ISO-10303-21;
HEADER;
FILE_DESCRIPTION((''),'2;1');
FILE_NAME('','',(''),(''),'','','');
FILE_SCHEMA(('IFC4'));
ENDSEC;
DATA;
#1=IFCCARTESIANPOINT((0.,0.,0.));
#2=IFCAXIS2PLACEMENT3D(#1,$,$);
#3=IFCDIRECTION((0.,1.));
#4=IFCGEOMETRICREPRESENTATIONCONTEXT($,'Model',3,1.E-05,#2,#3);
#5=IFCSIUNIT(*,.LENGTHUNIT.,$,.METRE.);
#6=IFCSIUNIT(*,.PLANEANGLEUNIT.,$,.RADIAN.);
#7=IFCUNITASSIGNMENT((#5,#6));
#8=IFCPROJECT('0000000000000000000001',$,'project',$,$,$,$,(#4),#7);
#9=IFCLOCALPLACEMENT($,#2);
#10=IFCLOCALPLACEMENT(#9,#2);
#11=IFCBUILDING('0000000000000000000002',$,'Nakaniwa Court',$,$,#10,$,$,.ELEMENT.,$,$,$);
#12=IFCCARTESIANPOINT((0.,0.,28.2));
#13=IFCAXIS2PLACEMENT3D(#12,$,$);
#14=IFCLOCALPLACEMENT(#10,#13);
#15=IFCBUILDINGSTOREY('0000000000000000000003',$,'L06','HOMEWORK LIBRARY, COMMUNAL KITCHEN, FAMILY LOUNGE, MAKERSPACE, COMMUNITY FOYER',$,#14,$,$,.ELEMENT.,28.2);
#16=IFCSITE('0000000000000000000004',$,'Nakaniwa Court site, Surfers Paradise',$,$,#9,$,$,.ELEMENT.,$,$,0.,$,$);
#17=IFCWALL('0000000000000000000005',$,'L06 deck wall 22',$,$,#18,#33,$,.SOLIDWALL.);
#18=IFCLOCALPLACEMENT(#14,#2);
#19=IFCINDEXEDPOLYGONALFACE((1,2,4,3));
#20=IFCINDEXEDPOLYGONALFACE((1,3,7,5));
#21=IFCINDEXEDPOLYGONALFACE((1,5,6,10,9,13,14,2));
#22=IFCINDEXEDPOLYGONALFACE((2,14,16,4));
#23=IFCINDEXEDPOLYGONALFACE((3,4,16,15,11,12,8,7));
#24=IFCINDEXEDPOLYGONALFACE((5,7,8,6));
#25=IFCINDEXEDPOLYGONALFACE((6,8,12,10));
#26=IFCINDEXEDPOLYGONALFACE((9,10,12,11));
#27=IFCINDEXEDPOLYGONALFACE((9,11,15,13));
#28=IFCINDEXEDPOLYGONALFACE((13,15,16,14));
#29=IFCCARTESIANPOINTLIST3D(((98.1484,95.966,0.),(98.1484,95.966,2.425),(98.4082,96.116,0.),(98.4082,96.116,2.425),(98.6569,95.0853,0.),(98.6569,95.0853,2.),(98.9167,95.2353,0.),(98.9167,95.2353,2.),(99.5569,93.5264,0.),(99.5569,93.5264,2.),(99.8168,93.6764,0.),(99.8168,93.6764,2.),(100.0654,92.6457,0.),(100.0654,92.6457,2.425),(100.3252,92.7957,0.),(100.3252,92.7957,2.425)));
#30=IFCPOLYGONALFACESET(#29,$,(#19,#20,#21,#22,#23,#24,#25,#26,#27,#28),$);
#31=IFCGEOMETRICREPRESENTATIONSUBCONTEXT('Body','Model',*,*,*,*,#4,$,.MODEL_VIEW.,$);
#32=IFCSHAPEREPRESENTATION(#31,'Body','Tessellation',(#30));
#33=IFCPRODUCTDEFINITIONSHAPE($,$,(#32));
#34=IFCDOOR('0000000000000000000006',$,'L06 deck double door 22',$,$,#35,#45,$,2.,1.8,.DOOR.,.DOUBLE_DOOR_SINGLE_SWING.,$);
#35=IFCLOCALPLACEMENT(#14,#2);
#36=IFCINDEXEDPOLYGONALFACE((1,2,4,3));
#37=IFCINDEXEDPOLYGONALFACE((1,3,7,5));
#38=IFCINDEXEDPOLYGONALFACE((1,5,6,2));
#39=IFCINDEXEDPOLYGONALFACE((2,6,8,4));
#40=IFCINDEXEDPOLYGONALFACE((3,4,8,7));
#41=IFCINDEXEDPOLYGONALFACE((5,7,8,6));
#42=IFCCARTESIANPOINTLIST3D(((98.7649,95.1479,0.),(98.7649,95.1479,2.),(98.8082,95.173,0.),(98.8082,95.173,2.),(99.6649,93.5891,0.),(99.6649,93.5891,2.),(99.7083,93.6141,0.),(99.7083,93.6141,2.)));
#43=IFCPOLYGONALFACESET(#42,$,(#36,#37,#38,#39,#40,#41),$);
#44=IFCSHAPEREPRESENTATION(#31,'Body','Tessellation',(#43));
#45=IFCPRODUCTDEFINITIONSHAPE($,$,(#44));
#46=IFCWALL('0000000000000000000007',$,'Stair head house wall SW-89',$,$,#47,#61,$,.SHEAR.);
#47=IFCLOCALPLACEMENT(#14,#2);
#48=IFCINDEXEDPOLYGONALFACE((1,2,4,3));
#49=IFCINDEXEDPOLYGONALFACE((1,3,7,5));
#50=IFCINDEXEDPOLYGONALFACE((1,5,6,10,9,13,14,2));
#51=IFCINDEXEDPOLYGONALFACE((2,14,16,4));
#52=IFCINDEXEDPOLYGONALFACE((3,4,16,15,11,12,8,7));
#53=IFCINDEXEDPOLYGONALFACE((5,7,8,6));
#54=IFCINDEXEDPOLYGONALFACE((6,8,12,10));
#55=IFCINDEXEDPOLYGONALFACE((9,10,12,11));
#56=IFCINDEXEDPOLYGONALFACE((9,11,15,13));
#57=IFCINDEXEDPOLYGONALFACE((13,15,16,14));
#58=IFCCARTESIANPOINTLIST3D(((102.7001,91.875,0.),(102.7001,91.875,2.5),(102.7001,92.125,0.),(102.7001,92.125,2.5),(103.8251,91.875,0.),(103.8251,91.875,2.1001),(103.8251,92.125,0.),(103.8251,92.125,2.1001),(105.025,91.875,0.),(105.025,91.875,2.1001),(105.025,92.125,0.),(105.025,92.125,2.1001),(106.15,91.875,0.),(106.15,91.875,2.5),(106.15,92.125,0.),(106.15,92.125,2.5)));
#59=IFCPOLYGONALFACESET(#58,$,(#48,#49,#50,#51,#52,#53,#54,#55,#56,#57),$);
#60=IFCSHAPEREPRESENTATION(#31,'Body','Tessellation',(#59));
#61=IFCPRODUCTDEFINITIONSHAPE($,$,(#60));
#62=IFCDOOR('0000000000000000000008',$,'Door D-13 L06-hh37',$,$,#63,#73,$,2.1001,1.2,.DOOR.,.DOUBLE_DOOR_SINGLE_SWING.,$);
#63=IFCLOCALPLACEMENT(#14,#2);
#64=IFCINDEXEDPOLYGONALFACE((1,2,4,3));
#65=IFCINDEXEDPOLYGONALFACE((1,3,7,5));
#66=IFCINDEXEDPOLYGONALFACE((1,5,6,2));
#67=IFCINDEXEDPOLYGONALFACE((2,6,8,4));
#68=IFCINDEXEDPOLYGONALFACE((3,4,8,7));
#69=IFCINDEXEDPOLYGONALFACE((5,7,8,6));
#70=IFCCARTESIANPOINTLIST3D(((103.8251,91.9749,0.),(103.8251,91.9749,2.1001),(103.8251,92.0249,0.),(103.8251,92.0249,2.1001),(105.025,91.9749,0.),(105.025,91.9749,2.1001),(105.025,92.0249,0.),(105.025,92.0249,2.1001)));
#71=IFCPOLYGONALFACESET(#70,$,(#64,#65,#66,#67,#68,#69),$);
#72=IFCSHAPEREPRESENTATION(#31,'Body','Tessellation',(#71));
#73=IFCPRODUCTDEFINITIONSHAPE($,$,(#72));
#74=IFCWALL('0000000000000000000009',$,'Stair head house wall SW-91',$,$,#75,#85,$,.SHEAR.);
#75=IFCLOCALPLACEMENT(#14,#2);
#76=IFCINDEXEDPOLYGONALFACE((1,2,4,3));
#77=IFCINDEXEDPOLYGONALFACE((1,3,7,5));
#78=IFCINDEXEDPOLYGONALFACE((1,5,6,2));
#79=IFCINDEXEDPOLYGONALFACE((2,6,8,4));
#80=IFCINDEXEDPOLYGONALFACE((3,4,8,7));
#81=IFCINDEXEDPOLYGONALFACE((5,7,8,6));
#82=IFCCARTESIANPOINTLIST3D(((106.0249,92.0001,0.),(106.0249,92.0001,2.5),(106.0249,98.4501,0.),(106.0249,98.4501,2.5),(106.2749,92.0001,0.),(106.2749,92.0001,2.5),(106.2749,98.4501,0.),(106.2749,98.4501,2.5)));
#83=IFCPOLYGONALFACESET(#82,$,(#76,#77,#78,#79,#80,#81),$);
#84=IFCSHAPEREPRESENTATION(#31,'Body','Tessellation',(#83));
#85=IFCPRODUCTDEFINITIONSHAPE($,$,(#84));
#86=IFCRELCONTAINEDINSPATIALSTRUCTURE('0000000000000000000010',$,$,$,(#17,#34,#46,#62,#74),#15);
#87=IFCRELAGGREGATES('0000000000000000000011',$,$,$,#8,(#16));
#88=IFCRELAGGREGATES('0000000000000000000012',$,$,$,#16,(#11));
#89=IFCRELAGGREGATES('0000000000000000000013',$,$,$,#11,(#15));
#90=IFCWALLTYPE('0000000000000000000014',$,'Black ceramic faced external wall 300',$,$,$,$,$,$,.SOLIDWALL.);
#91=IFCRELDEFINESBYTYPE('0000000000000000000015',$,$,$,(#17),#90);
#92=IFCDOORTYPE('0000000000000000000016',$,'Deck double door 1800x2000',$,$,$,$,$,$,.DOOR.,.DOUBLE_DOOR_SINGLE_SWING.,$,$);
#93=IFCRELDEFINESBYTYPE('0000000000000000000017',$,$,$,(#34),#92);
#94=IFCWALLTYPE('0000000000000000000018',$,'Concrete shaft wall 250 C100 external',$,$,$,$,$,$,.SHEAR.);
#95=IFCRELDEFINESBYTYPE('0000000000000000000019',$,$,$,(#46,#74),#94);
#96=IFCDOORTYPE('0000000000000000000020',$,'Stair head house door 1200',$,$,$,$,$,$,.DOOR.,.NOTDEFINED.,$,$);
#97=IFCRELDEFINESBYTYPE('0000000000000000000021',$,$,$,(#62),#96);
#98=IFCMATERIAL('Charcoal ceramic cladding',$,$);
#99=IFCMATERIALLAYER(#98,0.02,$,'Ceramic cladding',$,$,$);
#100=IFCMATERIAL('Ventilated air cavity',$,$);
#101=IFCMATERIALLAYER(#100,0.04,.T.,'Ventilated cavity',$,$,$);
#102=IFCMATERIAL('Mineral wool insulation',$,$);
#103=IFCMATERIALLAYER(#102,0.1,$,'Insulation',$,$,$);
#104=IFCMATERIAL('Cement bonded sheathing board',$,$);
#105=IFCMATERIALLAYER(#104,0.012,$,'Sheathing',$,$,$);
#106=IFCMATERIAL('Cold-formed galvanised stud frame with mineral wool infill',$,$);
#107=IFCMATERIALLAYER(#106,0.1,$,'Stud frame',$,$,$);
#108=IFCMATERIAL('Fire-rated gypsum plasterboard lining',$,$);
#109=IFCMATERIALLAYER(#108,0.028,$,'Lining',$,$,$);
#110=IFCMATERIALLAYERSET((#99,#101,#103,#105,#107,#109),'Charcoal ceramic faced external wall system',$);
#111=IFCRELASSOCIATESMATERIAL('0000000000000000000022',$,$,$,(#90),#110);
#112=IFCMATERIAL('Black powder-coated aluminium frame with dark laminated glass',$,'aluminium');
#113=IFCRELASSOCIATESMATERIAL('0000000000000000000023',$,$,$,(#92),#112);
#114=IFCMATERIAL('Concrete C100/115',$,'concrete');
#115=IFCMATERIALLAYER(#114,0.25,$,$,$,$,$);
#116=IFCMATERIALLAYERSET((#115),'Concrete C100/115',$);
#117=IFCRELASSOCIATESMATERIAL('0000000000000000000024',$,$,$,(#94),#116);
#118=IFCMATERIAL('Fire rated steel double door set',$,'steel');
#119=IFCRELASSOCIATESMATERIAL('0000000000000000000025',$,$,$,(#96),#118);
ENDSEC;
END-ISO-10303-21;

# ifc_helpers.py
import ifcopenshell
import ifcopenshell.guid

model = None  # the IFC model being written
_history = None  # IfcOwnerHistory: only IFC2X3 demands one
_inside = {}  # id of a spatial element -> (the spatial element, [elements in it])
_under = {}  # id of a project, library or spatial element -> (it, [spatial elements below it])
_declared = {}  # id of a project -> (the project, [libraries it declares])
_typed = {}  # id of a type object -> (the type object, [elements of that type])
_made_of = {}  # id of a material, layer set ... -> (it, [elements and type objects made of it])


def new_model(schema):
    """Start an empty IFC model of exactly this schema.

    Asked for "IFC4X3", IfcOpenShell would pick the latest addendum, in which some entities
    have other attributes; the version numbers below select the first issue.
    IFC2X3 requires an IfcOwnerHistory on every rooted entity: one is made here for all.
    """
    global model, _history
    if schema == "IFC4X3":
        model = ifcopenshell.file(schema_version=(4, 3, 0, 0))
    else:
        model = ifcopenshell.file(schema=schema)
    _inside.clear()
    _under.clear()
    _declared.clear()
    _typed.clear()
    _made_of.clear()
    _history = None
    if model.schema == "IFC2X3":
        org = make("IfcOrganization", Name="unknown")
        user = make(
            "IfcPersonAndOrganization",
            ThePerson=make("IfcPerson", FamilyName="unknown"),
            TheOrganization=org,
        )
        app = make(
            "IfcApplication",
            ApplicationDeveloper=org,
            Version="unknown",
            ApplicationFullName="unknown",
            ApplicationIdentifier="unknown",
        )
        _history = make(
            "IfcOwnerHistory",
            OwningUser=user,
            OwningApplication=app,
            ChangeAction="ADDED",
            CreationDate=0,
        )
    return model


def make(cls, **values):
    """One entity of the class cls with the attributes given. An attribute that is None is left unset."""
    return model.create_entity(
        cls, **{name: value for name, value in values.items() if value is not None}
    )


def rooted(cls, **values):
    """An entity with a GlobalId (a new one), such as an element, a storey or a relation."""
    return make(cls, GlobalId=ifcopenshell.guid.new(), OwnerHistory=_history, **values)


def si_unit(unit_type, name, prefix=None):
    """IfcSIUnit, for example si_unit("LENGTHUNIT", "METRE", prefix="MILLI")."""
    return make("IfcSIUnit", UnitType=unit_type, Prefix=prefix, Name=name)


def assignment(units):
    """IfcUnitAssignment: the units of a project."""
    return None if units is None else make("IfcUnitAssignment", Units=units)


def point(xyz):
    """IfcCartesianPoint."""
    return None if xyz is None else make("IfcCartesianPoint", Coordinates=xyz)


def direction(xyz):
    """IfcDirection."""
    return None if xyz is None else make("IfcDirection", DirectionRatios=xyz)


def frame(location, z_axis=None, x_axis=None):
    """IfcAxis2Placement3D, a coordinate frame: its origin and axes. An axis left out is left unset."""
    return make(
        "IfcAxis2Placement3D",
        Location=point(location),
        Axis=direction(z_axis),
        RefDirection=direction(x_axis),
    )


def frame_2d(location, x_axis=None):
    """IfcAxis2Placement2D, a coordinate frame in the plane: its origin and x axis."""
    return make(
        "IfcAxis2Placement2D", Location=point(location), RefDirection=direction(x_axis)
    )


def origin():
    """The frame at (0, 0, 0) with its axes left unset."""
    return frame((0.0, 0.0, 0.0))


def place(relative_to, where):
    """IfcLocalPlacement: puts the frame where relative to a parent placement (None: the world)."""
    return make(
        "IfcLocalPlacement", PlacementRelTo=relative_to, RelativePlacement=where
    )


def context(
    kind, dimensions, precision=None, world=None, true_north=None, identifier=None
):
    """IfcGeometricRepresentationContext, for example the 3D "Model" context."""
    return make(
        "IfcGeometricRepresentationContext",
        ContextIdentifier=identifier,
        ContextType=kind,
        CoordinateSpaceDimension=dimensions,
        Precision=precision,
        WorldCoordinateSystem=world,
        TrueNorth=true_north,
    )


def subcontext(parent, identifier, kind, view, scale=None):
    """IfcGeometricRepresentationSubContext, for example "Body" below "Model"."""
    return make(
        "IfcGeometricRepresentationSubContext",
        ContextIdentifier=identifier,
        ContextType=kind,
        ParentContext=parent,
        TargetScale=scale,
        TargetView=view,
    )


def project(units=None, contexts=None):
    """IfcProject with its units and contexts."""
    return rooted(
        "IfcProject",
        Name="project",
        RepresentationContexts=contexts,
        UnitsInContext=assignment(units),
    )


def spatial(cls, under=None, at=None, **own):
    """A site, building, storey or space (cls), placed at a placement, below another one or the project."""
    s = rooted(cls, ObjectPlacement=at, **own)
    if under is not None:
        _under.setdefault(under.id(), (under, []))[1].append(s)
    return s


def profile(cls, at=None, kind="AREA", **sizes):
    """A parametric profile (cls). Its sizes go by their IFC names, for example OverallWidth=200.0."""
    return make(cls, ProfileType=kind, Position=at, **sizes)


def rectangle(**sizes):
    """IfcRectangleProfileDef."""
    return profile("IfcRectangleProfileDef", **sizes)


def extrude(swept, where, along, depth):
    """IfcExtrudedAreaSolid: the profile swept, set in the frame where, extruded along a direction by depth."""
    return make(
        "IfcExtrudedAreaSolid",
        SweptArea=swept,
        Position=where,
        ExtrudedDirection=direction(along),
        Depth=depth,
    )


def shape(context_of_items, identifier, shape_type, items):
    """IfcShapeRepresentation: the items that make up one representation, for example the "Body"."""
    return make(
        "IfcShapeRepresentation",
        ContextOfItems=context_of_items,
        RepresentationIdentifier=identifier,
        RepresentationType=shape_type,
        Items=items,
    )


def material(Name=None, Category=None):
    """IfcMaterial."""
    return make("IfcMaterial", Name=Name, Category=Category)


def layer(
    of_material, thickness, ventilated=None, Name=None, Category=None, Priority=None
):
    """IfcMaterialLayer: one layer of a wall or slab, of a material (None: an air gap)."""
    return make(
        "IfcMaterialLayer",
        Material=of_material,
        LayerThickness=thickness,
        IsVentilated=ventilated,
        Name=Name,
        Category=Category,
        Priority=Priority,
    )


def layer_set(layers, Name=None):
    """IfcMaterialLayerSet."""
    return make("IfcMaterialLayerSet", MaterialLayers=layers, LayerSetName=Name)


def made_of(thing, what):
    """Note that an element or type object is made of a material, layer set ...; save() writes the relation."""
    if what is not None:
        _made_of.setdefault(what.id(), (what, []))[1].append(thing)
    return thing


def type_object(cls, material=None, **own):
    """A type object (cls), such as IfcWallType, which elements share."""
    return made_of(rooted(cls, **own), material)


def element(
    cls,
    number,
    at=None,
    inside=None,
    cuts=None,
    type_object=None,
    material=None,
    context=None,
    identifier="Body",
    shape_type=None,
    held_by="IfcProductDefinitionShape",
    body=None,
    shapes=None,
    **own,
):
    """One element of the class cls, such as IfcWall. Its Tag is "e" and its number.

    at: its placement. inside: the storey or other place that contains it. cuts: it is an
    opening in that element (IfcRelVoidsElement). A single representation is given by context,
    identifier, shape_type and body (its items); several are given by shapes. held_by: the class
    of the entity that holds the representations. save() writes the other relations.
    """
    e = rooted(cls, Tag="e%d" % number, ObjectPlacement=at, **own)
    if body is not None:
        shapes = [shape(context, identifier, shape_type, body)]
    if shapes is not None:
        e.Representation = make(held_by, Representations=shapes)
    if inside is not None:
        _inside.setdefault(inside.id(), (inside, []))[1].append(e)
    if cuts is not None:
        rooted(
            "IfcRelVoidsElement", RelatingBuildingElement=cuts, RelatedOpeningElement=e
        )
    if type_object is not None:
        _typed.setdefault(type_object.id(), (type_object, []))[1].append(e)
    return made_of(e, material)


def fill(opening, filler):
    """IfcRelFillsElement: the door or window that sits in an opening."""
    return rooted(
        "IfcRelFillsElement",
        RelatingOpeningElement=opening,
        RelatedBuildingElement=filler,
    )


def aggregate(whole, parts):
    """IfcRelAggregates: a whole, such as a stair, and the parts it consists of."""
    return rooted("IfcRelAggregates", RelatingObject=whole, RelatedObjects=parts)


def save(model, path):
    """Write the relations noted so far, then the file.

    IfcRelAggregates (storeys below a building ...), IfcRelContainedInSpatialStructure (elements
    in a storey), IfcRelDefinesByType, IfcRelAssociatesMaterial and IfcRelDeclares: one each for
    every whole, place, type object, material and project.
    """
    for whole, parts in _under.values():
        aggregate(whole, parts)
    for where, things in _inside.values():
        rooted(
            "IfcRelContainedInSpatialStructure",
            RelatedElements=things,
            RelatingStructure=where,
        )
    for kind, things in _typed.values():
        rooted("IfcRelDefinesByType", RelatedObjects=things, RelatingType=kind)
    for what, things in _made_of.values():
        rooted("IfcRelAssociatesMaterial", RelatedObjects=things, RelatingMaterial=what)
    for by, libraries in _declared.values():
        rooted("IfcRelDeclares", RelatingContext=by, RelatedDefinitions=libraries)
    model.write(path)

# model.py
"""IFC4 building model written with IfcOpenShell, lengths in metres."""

from ifc_helpers import new_model, si_unit, direction, frame, frame_2d, origin, place, context, subcontext, project, spatial, rectangle, extrude, material, layer, layer_set, type_object, element, fill, save


model = new_model("IFC4")

# Units and contexts
model_context = context("Model", 3, precision=1e-05, world=origin(), true_north=direction((0.0, 1.0)))
body_context = subcontext(model_context, "Body", "Model", "MODEL_VIEW")
ifc_project = project(units=[si_unit("LENGTHUNIT", "METRE"), si_unit("PLANEANGLEUNIT", "RADIAN")], contexts=[model_context])

# Site, building, storey
site_placement = place(None, origin())
site = spatial("IfcSite", under=ifc_project, at=site_placement, Name="Nakaniwa Court site, Surfers Paradise", CompositionType="ELEMENT", RefElevation=0.0)
building_placement = place(site_placement, origin())
building = spatial("IfcBuilding", under=site, at=building_placement, Name="Nakaniwa Court", CompositionType="ELEMENT")
storey_placement = place(building_placement, frame((0.0, 0.0, 28.2)))
storey = spatial("IfcBuildingStorey", under=building, at=storey_placement, Name="L06", Description="HOMEWORK LIBRARY, COMMUNAL KITCHEN, FAMILY LOUNGE, MAKERSPACE, COMMUNITY FOYER", CompositionType="ELEMENT", Elevation=28.2)

# Shared definitions
ifc_material_1 = material(Name="Concrete C100/115", Category="concrete")

# Walls, openings, doors
ifc_material_2 = material(Name="Charcoal ceramic cladding")
ifc_layer_1 = layer(ifc_material_2, 0.02, Name="Ceramic cladding")
ifc_material_3 = material(Name="Ventilated air cavity")
ifc_layer_2 = layer(ifc_material_3, 0.04, ventilated=True, Name="Ventilated cavity")
ifc_material_4 = material(Name="Mineral wool insulation")
ifc_layer_3 = layer(ifc_material_4, 0.1, Name="Insulation")
ifc_material_5 = material(Name="Cement bonded sheathing board")
ifc_layer_4 = layer(ifc_material_5, 0.012, Name="Sheathing")
ifc_material_6 = material(Name="Cold-formed galvanised stud frame with mineral wool infill")
ifc_layer_5 = layer(ifc_material_6, 0.1, Name="Stud frame")
ifc_material_7 = material(Name="Fire-rated gypsum plasterboard lining")
ifc_layer_6 = layer(ifc_material_7, 0.028, Name="Lining")
ifc_layer_set_1 = layer_set([ifc_layer_1, ifc_layer_2, ifc_layer_3, ifc_layer_4, ifc_layer_5, ifc_layer_6], Name="Charcoal ceramic faced external wall system")
wall_type_1 = type_object("IfcWallType", Name="Black ceramic faced external wall 300", PredefinedType="SOLIDWALL", material=ifc_layer_set_1)
ifc_material_8 = material(Name="Black powder-coated aluminium frame with dark laminated glass", Category="aluminium")
door_type_1 = type_object("IfcDoorType", Name="Deck double door 1800x2000", OperationType="DOUBLE_DOOR_SINGLE_SWING", PredefinedType="DOOR", material=ifc_material_8)
wall_1_placement = place(storey_placement, frame((100.1953, 92.7207, 0.0), z_axis=(0.0, 0.0, 1.0), x_axis=(-0.500002, 0.866024, 0.0)))
wall_1 = element("IfcWall", 1, at=wall_1_placement, inside=storey, type_object=wall_type_1, Name="L06 deck wall 22", PredefinedType="SOLIDWALL", context=body_context, shape_type="SweptSolid", body=[
    extrude(rectangle(XDim=3.834, YDim=0.3, at=frame_2d((1.917, 0.0))), origin(), (0.0, 0.0, 1.0), 2.425),
])
opening_1_placement = place(wall_1_placement, frame((1.0171, 0.0, 0.0)))
opening_1 = element("IfcOpeningElement", 2, at=opening_1_placement, cuts=wall_1, PredefinedType="OPENING", context=body_context, shape_type="SweptSolid", body=[
    extrude(rectangle(XDim=1.8, YDim=2.0, at=frame_2d((0.8999, 1.0))), frame((0.0, 0.1599, 0.0), z_axis=(0.0, -1.0, 0.0), x_axis=(1.0, 0.0, 0.0)), (0.0, 0.0, 1.0), 0.3201),
])
door_1_placement = place(opening_1_placement, frame((1.8, 0.0, 0.0), z_axis=(0.0, 0.0, 1.0), x_axis=(-1.0, 0.0, 0.0)))
door_1 = element("IfcDoor", 3, at=door_1_placement, inside=storey, type_object=door_type_1, Name="L06 deck double door 22", OperationType="DOUBLE_DOOR_SINGLE_SWING", OverallHeight=2.0, OverallWidth=1.8, PredefinedType="DOOR", context=body_context, shape_type="SweptSolid", body=[
    extrude(rectangle(XDim=1.8, YDim=2.0, at=frame_2d((0.8999, 1.0))), frame((0.0, 0.0249, 0.0), z_axis=(0.0, -1.0, 0.0), x_axis=(1.0, 0.0, 0.0)), (0.0, 0.0, 1.0), 0.05),
])
fill(opening_1, door_1)
ifc_layer_7 = layer(ifc_material_1, 0.25)
ifc_layer_set_2 = layer_set([ifc_layer_7], Name="Concrete C100/115")
wall_type_2 = type_object("IfcWallType", Name="Concrete shaft wall 250 C100 external", PredefinedType="SHEAR", material=ifc_layer_set_2)
wall_2_placement = place(storey_placement, frame((102.7, 92.0, 0.0), z_axis=(0.0, 0.0, 1.0), x_axis=(1.0, 0.0, 0.0)))
wall_2 = element("IfcWall", 4, at=wall_2_placement, inside=storey, type_object=wall_type_2, Name="Stair head house wall SW-89", PredefinedType="SHEAR", context=body_context, shape_type="SweptSolid", body=[
    extrude(rectangle(XDim=3.45, YDim=0.25, at=frame_2d((1.7251, 0.0))), origin(), (0.0, 0.0, 1.0), 2.5),
])
opening_2_placement = place(wall_2_placement, frame((1.125, 0.0, 0.0)))
opening_2 = element("IfcOpeningElement", 5, at=opening_2_placement, cuts=wall_2, PredefinedType="OPENING", context=body_context, shape_type="SweptSolid", body=[
    extrude(rectangle(XDim=1.2, YDim=2.1001, at=frame_2d((0.6001, 1.05))), frame((0.0, 0.135, 0.0), z_axis=(0.0, -1.0, 0.0), x_axis=(1.0, 0.0, 0.0)), (0.0, 0.0, 1.0), 0.27),
])
ifc_material_9 = material(Name="Fire rated steel double door set", Category="steel")
door_type_2 = type_object("IfcDoorType", Name="Stair head house door 1200", OperationType="NOTDEFINED", PredefinedType="DOOR", material=ifc_material_9)
door_2_placement = place(opening_2_placement, origin())
door_2 = element("IfcDoor", 6, at=door_2_placement, inside=storey, type_object=door_type_2, Name="Door D-13 L06-hh37", OperationType="DOUBLE_DOOR_SINGLE_SWING", OverallHeight=2.1001, OverallWidth=1.2, PredefinedType="DOOR", context=body_context, shape_type="SweptSolid", body=[
    extrude(rectangle(XDim=1.2, YDim=2.1001, at=frame_2d((0.6001, 1.05))), frame((0.0, 0.0249, 0.0), z_axis=(0.0, -1.0, 0.0), x_axis=(1.0, 0.0, 0.0)), (0.0, 0.0, 1.0), 0.05),
])
fill(opening_2, door_2)

# Wall
wall_3_placement = place(storey_placement, frame((106.1499, 92.0, 0.0), z_axis=(0.0, 0.0, 1.0), x_axis=(0.0, 1.0, 0.0)))
element("IfcWall", 7, at=wall_3_placement, inside=storey, type_object=wall_type_2, Name="Stair head house wall SW-91", PredefinedType="SHEAR", context=body_context, shape_type="SweptSolid", body=[
    extrude(rectangle(XDim=6.45, YDim=0.25, at=frame_2d((3.2251, 0.0))), origin(), (0.0, 0.0, 1.0), 2.5),
])

save(model, "model.ifc")
